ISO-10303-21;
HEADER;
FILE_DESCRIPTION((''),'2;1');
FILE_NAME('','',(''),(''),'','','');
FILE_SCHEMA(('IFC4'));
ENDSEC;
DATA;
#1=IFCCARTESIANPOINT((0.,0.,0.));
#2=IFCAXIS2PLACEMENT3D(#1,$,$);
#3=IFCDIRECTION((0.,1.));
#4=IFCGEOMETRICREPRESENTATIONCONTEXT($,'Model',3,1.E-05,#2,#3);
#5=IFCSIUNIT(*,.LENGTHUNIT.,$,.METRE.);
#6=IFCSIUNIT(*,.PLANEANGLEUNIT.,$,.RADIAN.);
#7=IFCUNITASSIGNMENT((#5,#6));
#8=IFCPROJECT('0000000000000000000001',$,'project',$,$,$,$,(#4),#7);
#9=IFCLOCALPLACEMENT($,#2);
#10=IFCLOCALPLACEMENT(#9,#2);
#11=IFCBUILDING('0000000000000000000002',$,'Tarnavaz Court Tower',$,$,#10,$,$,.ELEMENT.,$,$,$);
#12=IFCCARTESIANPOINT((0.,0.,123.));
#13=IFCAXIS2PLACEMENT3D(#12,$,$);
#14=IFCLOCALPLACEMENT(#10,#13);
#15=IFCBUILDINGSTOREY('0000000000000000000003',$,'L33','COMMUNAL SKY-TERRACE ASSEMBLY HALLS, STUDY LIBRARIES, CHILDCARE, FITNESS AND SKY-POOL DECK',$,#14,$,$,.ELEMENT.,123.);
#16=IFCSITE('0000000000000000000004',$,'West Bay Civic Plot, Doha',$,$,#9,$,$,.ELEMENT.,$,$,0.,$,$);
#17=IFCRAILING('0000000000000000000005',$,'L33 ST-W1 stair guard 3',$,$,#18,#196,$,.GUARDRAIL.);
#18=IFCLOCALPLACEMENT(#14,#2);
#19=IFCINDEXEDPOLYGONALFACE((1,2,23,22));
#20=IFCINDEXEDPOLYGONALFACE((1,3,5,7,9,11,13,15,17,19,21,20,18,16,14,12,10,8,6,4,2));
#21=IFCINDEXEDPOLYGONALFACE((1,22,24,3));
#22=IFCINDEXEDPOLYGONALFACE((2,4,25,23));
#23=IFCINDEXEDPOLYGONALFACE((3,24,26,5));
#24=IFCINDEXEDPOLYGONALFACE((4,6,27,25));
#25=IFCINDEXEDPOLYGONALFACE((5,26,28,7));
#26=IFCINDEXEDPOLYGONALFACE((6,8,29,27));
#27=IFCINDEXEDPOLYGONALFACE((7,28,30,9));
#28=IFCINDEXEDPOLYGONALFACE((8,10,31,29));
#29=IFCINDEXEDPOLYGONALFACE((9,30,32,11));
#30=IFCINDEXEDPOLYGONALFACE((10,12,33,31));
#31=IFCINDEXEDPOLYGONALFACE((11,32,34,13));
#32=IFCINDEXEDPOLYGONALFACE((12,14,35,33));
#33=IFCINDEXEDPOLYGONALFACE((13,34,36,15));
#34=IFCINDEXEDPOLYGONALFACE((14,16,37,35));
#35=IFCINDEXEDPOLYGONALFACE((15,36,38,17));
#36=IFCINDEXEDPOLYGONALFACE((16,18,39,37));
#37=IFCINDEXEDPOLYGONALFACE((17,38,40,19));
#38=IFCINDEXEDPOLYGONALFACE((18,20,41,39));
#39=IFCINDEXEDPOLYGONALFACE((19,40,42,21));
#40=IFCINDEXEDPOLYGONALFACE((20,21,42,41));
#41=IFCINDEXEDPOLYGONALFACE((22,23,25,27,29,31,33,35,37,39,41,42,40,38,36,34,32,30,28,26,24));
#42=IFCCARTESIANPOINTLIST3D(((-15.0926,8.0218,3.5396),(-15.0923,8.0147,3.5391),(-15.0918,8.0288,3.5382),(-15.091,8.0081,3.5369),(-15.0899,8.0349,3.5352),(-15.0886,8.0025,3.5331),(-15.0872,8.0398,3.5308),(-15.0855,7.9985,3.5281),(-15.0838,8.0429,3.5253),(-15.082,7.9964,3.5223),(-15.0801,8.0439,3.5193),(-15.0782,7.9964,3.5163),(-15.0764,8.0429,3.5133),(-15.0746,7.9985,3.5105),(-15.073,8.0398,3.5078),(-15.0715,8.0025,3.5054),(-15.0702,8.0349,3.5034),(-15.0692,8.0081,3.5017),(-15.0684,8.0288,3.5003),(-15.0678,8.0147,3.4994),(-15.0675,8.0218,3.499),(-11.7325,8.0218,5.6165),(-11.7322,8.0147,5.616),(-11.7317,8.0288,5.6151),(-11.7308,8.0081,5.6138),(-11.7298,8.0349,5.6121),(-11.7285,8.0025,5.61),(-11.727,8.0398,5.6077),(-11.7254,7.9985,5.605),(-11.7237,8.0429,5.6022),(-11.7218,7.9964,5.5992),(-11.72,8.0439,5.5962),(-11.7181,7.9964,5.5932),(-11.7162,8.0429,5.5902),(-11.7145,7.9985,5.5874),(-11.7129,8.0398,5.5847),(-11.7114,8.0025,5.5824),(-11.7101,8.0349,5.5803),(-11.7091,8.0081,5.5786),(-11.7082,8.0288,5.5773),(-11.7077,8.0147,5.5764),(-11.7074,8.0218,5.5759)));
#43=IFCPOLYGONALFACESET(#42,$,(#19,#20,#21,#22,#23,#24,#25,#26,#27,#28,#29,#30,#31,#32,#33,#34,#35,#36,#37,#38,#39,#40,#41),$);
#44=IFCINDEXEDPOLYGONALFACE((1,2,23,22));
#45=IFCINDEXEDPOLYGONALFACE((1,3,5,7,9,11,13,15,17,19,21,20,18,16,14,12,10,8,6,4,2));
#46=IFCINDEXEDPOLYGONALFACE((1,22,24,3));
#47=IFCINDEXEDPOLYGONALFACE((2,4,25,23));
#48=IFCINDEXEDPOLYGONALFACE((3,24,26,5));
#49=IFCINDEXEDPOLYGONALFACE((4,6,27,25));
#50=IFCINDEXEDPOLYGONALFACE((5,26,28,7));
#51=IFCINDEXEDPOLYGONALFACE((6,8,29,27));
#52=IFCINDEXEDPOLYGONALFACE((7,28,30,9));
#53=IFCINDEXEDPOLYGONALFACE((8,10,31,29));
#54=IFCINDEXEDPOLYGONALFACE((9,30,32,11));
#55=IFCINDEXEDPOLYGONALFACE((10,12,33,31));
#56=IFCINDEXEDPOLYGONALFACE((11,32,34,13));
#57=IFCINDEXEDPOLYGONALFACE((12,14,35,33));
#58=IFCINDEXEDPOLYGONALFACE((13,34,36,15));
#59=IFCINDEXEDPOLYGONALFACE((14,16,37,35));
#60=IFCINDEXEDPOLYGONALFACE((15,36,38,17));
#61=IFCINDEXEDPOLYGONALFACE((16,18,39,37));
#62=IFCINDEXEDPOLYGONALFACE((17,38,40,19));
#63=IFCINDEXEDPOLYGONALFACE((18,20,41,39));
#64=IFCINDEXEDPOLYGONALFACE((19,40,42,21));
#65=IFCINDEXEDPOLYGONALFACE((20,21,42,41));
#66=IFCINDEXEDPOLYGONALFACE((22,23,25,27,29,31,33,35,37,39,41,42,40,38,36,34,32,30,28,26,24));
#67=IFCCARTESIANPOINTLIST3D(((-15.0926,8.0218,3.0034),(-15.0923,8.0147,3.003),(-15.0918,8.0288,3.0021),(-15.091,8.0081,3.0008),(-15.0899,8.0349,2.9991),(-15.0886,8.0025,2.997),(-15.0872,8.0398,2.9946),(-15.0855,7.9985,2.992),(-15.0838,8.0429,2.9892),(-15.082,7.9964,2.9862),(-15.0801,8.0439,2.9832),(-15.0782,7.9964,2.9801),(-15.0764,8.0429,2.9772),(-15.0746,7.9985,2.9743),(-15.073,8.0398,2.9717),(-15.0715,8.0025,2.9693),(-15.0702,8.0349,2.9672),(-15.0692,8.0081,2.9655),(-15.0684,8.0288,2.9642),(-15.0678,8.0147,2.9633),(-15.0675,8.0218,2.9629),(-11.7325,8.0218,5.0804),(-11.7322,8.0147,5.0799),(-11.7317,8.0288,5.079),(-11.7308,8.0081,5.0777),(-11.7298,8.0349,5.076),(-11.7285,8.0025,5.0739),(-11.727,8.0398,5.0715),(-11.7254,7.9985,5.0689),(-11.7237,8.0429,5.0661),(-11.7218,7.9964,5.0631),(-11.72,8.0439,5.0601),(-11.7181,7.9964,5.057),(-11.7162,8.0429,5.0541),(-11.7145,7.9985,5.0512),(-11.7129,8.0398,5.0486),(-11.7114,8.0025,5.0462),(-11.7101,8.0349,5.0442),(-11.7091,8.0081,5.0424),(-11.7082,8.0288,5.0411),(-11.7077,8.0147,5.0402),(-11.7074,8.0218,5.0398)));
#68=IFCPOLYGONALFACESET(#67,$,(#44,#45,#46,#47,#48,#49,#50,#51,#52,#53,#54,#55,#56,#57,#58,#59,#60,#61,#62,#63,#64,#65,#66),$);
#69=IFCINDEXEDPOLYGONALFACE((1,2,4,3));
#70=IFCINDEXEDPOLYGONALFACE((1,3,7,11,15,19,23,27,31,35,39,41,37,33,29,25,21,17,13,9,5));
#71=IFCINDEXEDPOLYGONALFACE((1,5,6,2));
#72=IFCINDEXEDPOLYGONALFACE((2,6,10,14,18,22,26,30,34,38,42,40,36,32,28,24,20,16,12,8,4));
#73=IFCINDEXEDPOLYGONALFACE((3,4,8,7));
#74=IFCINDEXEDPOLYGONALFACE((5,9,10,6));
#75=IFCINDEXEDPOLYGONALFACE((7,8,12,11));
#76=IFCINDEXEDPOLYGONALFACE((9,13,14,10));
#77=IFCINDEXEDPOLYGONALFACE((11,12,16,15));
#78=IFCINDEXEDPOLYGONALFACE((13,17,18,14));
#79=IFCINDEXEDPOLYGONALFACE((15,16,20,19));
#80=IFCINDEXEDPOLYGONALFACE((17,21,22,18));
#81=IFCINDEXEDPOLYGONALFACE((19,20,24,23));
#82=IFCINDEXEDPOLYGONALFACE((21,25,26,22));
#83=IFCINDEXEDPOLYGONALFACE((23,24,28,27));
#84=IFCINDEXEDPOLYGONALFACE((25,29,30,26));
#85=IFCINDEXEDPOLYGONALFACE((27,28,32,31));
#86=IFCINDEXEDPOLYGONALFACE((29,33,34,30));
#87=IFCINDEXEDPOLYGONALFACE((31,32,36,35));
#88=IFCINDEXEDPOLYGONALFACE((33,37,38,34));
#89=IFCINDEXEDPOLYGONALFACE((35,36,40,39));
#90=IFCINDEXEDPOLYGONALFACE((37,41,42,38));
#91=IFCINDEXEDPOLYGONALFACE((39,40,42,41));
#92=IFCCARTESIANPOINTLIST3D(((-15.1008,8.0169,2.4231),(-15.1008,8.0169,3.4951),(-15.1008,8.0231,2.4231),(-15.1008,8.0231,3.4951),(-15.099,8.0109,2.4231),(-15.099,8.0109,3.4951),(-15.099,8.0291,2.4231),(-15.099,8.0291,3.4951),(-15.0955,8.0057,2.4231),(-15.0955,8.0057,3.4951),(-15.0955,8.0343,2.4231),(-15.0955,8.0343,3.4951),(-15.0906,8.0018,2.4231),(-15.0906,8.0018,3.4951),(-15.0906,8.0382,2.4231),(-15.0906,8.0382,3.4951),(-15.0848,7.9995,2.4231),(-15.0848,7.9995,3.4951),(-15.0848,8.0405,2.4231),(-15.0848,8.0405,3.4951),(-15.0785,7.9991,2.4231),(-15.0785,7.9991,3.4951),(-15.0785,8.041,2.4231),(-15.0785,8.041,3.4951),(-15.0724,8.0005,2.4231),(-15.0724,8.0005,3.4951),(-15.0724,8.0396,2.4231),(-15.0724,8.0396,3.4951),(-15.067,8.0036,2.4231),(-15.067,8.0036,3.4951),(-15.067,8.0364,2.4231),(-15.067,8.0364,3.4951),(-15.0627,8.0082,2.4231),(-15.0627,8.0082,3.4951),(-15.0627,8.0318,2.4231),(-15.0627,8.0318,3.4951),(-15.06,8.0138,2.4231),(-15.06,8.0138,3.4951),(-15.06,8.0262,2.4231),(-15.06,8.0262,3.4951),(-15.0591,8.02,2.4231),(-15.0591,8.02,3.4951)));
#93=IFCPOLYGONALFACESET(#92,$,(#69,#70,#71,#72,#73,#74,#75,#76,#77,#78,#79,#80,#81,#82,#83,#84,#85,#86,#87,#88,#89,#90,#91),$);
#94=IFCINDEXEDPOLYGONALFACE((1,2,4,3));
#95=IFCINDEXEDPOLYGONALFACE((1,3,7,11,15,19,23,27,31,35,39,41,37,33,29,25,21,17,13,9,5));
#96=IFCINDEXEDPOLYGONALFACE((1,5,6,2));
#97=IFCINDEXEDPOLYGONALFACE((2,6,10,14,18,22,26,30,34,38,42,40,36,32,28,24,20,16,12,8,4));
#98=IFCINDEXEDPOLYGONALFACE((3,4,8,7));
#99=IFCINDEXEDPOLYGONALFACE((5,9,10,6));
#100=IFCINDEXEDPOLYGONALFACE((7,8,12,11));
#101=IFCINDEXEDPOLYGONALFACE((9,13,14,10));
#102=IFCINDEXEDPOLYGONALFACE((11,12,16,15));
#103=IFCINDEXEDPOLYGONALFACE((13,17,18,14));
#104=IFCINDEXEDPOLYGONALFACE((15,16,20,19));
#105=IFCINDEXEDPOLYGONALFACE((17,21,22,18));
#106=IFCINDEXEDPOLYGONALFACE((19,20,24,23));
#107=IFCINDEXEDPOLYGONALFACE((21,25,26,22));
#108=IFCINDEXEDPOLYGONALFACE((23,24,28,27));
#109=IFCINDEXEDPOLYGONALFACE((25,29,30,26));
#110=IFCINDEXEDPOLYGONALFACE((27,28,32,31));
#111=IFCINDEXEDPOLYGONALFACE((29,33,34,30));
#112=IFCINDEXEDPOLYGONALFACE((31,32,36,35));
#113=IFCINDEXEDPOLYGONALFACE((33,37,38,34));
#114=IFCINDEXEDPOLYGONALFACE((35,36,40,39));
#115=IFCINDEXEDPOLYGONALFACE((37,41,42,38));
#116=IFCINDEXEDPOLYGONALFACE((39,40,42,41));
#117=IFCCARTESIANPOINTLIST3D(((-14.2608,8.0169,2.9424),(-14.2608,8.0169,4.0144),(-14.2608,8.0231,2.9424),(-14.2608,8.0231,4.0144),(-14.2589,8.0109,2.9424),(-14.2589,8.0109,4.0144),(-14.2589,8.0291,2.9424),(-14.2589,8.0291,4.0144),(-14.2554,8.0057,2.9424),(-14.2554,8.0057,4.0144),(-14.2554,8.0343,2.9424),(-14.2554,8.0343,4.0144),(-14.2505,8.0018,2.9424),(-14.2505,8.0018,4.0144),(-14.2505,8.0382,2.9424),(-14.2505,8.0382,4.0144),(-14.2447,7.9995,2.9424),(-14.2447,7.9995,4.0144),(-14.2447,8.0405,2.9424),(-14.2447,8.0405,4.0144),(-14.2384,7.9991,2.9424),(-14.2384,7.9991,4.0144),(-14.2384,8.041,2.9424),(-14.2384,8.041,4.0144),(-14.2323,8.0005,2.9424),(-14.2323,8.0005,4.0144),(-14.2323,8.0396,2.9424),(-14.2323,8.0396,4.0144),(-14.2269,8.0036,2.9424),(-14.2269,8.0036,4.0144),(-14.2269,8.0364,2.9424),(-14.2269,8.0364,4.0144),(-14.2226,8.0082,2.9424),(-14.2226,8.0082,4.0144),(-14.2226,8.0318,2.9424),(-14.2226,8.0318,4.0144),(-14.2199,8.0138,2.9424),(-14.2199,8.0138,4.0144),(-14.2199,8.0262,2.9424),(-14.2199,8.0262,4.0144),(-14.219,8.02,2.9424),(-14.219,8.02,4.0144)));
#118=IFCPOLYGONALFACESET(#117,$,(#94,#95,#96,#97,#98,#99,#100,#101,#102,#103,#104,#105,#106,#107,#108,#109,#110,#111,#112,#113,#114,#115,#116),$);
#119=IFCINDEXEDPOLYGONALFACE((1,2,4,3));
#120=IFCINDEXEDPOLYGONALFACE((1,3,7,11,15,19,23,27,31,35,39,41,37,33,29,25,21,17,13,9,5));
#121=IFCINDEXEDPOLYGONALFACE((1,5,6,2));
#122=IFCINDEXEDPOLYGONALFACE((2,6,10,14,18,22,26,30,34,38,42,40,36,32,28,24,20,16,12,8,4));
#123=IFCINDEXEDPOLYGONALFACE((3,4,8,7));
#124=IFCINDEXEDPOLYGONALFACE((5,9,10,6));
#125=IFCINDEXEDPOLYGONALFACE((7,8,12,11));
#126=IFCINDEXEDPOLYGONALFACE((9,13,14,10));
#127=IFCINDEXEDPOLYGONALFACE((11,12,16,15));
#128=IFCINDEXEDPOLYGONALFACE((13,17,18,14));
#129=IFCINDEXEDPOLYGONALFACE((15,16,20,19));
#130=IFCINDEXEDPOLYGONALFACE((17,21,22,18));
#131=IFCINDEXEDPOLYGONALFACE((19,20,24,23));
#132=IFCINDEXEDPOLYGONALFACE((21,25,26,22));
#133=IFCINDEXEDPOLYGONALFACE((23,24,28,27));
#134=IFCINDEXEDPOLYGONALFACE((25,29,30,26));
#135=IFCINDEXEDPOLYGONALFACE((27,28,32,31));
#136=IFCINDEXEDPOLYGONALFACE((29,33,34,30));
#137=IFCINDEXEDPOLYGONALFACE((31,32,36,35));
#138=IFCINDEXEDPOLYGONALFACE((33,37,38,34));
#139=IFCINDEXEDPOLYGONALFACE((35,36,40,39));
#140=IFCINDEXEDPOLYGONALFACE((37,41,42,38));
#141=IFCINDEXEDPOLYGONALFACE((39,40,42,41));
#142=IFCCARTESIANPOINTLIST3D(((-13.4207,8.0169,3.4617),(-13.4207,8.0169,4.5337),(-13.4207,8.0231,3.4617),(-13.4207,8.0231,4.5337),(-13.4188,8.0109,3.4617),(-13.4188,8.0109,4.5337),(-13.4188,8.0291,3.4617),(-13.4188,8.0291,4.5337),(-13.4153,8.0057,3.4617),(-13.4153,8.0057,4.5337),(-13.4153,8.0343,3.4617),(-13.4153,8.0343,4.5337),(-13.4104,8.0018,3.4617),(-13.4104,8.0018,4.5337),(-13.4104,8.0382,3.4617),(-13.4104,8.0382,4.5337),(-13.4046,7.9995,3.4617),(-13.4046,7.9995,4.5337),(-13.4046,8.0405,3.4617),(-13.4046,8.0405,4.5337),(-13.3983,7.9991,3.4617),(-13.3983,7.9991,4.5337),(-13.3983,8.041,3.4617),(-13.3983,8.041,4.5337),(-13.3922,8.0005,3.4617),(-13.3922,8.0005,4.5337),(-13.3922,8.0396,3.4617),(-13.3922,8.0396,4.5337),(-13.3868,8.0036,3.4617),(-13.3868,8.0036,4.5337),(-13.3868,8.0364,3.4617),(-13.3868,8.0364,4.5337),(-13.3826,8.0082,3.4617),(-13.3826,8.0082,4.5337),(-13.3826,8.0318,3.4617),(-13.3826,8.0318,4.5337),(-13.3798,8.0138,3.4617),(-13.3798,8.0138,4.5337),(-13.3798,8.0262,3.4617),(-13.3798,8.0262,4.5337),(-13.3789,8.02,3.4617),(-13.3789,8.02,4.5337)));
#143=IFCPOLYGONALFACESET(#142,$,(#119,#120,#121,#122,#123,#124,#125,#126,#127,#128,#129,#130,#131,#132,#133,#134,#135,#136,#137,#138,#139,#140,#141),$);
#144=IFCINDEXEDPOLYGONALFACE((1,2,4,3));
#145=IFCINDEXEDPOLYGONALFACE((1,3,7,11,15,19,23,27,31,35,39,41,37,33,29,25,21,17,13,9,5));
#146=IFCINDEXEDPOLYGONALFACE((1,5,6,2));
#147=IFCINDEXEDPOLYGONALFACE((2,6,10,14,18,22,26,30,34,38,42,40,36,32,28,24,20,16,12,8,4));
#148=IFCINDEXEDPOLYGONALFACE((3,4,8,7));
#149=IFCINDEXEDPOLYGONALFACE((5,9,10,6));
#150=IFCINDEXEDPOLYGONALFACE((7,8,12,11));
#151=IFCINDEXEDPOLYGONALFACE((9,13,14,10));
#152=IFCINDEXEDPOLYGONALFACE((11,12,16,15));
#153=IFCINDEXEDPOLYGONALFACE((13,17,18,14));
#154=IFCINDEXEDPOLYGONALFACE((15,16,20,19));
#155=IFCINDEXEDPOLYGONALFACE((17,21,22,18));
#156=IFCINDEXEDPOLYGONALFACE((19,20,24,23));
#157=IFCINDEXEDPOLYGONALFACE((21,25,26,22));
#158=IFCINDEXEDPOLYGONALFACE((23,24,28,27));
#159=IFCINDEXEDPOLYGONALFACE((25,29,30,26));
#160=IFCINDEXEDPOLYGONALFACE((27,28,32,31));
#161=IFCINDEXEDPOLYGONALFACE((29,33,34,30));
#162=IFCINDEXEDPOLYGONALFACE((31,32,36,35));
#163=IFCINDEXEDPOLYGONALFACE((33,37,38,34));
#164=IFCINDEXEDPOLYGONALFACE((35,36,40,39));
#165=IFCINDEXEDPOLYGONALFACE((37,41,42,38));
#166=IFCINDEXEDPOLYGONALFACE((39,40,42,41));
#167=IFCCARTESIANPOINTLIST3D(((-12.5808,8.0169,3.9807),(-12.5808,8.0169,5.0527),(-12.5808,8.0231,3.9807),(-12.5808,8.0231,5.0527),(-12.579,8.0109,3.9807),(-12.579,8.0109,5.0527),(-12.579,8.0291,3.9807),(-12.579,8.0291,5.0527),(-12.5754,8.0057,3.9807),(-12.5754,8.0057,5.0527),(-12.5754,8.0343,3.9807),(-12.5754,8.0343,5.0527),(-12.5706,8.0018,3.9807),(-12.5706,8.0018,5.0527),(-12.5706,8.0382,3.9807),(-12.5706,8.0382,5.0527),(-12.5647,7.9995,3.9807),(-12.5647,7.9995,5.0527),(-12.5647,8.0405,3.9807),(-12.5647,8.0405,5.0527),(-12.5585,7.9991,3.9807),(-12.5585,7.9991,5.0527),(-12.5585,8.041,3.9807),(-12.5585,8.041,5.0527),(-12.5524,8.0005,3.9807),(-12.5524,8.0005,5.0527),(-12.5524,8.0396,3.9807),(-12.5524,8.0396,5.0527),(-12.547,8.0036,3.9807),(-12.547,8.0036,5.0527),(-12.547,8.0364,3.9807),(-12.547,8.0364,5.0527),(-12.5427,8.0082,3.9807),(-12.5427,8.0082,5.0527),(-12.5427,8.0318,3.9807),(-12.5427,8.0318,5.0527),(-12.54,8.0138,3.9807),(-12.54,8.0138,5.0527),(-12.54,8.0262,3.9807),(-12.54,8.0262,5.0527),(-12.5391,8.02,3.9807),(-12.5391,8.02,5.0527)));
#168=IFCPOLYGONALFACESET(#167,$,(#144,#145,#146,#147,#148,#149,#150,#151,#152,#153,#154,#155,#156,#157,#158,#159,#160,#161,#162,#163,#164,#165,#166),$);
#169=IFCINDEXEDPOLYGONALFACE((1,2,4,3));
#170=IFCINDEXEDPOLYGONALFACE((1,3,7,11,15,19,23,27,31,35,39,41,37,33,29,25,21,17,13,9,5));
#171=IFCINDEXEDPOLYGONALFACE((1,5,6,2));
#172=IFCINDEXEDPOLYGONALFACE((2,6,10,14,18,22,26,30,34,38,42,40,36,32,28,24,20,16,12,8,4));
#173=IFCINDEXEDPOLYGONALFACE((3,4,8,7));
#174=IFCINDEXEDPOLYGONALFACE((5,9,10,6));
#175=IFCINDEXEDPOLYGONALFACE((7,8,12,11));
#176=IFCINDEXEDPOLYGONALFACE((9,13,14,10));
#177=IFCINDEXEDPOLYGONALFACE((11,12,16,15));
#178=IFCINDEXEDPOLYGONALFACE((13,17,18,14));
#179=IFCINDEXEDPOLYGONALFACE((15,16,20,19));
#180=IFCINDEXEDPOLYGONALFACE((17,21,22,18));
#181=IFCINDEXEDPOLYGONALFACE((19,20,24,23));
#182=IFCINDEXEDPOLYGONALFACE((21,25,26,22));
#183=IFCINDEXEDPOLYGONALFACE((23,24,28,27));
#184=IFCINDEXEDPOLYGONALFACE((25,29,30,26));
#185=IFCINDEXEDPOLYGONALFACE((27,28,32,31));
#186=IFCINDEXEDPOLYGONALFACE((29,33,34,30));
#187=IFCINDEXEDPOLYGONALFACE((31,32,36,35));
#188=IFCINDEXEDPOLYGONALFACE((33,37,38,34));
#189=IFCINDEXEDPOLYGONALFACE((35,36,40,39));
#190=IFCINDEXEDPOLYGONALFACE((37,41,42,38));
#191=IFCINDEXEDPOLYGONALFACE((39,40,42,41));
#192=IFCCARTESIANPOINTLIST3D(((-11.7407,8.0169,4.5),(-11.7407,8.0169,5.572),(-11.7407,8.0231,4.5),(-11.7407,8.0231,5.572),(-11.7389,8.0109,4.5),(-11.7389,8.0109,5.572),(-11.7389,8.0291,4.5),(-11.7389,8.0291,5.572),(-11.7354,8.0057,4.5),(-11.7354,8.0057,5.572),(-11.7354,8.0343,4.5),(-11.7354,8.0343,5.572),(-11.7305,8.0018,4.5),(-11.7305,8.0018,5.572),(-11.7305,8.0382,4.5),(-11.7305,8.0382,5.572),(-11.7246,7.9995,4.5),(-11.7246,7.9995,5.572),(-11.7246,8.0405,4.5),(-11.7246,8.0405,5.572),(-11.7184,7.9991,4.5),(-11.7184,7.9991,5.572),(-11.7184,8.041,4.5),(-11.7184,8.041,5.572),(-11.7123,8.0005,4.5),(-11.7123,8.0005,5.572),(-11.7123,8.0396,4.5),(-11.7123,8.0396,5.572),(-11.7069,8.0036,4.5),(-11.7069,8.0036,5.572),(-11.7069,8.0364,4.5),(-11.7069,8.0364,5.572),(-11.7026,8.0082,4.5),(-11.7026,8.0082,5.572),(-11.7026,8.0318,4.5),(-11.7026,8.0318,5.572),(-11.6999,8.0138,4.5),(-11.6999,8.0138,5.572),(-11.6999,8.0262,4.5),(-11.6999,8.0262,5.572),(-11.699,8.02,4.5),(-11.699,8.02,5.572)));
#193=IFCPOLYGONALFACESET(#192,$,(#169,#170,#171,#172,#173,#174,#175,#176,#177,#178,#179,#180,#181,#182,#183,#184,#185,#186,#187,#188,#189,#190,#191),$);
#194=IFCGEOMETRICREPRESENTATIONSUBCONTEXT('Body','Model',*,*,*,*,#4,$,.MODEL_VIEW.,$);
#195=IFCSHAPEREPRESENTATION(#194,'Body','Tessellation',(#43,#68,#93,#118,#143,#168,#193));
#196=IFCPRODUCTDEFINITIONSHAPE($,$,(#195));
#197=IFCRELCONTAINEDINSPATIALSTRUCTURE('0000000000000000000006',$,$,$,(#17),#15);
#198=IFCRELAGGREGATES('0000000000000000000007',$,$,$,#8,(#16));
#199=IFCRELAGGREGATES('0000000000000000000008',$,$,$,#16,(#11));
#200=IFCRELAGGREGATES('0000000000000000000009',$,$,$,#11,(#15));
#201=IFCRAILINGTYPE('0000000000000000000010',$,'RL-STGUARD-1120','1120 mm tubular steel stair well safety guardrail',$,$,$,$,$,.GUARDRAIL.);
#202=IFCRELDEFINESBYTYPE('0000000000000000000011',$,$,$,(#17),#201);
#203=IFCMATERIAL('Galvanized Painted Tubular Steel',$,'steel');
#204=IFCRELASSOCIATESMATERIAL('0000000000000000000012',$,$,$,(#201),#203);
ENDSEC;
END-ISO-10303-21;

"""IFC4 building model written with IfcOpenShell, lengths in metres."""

from ifc_helpers import new_model, si_unit, direction, frame, origin, origin_2d, place, context, subcontext, project, spatial, circle, extrude, material, type_object, element, save


model = new_model("IFC4")

# Units and contexts
model_context = context("Model", 3, precision=1e-05, world=origin(), true_north=direction((0.0, 1.0)))
body_context = subcontext(model_context, "Body", "Model", "MODEL_VIEW")
ifc_project = project(units=[si_unit("LENGTHUNIT", "METRE"), si_unit("PLANEANGLEUNIT", "RADIAN")], contexts=[model_context])

# Site, building, storey
site_placement = place(None, origin())
site = spatial("IfcSite", under=ifc_project, at=site_placement, Name="West Bay Civic Plot, Doha", CompositionType="ELEMENT", RefElevation=0.0)
building_placement = place(site_placement, origin())
building = spatial("IfcBuilding", under=site, at=building_placement, Name="Tarnavaz Court Tower", CompositionType="ELEMENT")
storey_placement = place(building_placement, frame((0.0, 0.0, 123.0)))
storey = spatial("IfcBuildingStorey", under=building, at=storey_placement, Name="L33", Description="COMMUNAL SKY-TERRACE ASSEMBLY HALLS, STUDY LIBRARIES, CHILDCARE, FITNESS AND SKY-POOL DECK", CompositionType="ELEMENT", Elevation=123.0)

# Railing
ifc_material_1 = material(Name="Galvanized Painted Tubular Steel", Category="steel")
railing_type_1 = type_object("IfcRailingType", Name="RL-STGUARD-1120", Description="1120 mm tubular steel stair well safety guardrail", PredefinedType="GUARDRAIL", material=ifc_material_1)
railing_1_placement = place(storey_placement, frame((-15.0801, 8.02, 2.4231)))
element("IfcRailing", 1, at=railing_1_placement, inside=storey, type_object=railing_type_1, Name="L33 ST-W1 stair guard 3", PredefinedType="GUARDRAIL", context=body_context, shape_type="SweptSolid", body=[
    extrude(circle(Radius=0.0239, at=origin_2d()), frame((0.0, 0.0, 1.0962), z_axis=(0.850623, 0.0, 0.525776), x_axis=(0.0, 1.0, 0.0)), (0.0, 0.0, 1.0), 3.9502),
    extrude(circle(Radius=0.0239, at=origin_2d()), frame((0.0, 0.0, 0.5601), z_axis=(0.850623, 0.0, 0.525776), x_axis=(0.0, 1.0, 0.0)), (0.0, 0.0, 1.0), 3.9502),
    extrude(circle(Radius=0.021, at=origin_2d()), origin(), (0.0, 0.0, 1.0), 1.072),
    extrude(circle(Radius=0.021, at=origin_2d()), frame((0.8401, 0.0, 0.5193)), (0.0, 0.0, 1.0), 1.072),
    extrude(circle(Radius=0.021, at=origin_2d()), frame((1.6802, 0.0, 1.0386)), (0.0, 0.0, 1.0), 1.072),
    extrude(circle(Radius=0.021, at=origin_2d()), frame((2.52, 0.0, 1.5576)), (0.0, 0.0, 1.0), 1.072),
    extrude(circle(Radius=0.021, at=origin_2d()), frame((3.3601, 0.0, 2.0769)), (0.0, 0.0, 1.0), 1.072),
])

save(model, "model.ifc")
